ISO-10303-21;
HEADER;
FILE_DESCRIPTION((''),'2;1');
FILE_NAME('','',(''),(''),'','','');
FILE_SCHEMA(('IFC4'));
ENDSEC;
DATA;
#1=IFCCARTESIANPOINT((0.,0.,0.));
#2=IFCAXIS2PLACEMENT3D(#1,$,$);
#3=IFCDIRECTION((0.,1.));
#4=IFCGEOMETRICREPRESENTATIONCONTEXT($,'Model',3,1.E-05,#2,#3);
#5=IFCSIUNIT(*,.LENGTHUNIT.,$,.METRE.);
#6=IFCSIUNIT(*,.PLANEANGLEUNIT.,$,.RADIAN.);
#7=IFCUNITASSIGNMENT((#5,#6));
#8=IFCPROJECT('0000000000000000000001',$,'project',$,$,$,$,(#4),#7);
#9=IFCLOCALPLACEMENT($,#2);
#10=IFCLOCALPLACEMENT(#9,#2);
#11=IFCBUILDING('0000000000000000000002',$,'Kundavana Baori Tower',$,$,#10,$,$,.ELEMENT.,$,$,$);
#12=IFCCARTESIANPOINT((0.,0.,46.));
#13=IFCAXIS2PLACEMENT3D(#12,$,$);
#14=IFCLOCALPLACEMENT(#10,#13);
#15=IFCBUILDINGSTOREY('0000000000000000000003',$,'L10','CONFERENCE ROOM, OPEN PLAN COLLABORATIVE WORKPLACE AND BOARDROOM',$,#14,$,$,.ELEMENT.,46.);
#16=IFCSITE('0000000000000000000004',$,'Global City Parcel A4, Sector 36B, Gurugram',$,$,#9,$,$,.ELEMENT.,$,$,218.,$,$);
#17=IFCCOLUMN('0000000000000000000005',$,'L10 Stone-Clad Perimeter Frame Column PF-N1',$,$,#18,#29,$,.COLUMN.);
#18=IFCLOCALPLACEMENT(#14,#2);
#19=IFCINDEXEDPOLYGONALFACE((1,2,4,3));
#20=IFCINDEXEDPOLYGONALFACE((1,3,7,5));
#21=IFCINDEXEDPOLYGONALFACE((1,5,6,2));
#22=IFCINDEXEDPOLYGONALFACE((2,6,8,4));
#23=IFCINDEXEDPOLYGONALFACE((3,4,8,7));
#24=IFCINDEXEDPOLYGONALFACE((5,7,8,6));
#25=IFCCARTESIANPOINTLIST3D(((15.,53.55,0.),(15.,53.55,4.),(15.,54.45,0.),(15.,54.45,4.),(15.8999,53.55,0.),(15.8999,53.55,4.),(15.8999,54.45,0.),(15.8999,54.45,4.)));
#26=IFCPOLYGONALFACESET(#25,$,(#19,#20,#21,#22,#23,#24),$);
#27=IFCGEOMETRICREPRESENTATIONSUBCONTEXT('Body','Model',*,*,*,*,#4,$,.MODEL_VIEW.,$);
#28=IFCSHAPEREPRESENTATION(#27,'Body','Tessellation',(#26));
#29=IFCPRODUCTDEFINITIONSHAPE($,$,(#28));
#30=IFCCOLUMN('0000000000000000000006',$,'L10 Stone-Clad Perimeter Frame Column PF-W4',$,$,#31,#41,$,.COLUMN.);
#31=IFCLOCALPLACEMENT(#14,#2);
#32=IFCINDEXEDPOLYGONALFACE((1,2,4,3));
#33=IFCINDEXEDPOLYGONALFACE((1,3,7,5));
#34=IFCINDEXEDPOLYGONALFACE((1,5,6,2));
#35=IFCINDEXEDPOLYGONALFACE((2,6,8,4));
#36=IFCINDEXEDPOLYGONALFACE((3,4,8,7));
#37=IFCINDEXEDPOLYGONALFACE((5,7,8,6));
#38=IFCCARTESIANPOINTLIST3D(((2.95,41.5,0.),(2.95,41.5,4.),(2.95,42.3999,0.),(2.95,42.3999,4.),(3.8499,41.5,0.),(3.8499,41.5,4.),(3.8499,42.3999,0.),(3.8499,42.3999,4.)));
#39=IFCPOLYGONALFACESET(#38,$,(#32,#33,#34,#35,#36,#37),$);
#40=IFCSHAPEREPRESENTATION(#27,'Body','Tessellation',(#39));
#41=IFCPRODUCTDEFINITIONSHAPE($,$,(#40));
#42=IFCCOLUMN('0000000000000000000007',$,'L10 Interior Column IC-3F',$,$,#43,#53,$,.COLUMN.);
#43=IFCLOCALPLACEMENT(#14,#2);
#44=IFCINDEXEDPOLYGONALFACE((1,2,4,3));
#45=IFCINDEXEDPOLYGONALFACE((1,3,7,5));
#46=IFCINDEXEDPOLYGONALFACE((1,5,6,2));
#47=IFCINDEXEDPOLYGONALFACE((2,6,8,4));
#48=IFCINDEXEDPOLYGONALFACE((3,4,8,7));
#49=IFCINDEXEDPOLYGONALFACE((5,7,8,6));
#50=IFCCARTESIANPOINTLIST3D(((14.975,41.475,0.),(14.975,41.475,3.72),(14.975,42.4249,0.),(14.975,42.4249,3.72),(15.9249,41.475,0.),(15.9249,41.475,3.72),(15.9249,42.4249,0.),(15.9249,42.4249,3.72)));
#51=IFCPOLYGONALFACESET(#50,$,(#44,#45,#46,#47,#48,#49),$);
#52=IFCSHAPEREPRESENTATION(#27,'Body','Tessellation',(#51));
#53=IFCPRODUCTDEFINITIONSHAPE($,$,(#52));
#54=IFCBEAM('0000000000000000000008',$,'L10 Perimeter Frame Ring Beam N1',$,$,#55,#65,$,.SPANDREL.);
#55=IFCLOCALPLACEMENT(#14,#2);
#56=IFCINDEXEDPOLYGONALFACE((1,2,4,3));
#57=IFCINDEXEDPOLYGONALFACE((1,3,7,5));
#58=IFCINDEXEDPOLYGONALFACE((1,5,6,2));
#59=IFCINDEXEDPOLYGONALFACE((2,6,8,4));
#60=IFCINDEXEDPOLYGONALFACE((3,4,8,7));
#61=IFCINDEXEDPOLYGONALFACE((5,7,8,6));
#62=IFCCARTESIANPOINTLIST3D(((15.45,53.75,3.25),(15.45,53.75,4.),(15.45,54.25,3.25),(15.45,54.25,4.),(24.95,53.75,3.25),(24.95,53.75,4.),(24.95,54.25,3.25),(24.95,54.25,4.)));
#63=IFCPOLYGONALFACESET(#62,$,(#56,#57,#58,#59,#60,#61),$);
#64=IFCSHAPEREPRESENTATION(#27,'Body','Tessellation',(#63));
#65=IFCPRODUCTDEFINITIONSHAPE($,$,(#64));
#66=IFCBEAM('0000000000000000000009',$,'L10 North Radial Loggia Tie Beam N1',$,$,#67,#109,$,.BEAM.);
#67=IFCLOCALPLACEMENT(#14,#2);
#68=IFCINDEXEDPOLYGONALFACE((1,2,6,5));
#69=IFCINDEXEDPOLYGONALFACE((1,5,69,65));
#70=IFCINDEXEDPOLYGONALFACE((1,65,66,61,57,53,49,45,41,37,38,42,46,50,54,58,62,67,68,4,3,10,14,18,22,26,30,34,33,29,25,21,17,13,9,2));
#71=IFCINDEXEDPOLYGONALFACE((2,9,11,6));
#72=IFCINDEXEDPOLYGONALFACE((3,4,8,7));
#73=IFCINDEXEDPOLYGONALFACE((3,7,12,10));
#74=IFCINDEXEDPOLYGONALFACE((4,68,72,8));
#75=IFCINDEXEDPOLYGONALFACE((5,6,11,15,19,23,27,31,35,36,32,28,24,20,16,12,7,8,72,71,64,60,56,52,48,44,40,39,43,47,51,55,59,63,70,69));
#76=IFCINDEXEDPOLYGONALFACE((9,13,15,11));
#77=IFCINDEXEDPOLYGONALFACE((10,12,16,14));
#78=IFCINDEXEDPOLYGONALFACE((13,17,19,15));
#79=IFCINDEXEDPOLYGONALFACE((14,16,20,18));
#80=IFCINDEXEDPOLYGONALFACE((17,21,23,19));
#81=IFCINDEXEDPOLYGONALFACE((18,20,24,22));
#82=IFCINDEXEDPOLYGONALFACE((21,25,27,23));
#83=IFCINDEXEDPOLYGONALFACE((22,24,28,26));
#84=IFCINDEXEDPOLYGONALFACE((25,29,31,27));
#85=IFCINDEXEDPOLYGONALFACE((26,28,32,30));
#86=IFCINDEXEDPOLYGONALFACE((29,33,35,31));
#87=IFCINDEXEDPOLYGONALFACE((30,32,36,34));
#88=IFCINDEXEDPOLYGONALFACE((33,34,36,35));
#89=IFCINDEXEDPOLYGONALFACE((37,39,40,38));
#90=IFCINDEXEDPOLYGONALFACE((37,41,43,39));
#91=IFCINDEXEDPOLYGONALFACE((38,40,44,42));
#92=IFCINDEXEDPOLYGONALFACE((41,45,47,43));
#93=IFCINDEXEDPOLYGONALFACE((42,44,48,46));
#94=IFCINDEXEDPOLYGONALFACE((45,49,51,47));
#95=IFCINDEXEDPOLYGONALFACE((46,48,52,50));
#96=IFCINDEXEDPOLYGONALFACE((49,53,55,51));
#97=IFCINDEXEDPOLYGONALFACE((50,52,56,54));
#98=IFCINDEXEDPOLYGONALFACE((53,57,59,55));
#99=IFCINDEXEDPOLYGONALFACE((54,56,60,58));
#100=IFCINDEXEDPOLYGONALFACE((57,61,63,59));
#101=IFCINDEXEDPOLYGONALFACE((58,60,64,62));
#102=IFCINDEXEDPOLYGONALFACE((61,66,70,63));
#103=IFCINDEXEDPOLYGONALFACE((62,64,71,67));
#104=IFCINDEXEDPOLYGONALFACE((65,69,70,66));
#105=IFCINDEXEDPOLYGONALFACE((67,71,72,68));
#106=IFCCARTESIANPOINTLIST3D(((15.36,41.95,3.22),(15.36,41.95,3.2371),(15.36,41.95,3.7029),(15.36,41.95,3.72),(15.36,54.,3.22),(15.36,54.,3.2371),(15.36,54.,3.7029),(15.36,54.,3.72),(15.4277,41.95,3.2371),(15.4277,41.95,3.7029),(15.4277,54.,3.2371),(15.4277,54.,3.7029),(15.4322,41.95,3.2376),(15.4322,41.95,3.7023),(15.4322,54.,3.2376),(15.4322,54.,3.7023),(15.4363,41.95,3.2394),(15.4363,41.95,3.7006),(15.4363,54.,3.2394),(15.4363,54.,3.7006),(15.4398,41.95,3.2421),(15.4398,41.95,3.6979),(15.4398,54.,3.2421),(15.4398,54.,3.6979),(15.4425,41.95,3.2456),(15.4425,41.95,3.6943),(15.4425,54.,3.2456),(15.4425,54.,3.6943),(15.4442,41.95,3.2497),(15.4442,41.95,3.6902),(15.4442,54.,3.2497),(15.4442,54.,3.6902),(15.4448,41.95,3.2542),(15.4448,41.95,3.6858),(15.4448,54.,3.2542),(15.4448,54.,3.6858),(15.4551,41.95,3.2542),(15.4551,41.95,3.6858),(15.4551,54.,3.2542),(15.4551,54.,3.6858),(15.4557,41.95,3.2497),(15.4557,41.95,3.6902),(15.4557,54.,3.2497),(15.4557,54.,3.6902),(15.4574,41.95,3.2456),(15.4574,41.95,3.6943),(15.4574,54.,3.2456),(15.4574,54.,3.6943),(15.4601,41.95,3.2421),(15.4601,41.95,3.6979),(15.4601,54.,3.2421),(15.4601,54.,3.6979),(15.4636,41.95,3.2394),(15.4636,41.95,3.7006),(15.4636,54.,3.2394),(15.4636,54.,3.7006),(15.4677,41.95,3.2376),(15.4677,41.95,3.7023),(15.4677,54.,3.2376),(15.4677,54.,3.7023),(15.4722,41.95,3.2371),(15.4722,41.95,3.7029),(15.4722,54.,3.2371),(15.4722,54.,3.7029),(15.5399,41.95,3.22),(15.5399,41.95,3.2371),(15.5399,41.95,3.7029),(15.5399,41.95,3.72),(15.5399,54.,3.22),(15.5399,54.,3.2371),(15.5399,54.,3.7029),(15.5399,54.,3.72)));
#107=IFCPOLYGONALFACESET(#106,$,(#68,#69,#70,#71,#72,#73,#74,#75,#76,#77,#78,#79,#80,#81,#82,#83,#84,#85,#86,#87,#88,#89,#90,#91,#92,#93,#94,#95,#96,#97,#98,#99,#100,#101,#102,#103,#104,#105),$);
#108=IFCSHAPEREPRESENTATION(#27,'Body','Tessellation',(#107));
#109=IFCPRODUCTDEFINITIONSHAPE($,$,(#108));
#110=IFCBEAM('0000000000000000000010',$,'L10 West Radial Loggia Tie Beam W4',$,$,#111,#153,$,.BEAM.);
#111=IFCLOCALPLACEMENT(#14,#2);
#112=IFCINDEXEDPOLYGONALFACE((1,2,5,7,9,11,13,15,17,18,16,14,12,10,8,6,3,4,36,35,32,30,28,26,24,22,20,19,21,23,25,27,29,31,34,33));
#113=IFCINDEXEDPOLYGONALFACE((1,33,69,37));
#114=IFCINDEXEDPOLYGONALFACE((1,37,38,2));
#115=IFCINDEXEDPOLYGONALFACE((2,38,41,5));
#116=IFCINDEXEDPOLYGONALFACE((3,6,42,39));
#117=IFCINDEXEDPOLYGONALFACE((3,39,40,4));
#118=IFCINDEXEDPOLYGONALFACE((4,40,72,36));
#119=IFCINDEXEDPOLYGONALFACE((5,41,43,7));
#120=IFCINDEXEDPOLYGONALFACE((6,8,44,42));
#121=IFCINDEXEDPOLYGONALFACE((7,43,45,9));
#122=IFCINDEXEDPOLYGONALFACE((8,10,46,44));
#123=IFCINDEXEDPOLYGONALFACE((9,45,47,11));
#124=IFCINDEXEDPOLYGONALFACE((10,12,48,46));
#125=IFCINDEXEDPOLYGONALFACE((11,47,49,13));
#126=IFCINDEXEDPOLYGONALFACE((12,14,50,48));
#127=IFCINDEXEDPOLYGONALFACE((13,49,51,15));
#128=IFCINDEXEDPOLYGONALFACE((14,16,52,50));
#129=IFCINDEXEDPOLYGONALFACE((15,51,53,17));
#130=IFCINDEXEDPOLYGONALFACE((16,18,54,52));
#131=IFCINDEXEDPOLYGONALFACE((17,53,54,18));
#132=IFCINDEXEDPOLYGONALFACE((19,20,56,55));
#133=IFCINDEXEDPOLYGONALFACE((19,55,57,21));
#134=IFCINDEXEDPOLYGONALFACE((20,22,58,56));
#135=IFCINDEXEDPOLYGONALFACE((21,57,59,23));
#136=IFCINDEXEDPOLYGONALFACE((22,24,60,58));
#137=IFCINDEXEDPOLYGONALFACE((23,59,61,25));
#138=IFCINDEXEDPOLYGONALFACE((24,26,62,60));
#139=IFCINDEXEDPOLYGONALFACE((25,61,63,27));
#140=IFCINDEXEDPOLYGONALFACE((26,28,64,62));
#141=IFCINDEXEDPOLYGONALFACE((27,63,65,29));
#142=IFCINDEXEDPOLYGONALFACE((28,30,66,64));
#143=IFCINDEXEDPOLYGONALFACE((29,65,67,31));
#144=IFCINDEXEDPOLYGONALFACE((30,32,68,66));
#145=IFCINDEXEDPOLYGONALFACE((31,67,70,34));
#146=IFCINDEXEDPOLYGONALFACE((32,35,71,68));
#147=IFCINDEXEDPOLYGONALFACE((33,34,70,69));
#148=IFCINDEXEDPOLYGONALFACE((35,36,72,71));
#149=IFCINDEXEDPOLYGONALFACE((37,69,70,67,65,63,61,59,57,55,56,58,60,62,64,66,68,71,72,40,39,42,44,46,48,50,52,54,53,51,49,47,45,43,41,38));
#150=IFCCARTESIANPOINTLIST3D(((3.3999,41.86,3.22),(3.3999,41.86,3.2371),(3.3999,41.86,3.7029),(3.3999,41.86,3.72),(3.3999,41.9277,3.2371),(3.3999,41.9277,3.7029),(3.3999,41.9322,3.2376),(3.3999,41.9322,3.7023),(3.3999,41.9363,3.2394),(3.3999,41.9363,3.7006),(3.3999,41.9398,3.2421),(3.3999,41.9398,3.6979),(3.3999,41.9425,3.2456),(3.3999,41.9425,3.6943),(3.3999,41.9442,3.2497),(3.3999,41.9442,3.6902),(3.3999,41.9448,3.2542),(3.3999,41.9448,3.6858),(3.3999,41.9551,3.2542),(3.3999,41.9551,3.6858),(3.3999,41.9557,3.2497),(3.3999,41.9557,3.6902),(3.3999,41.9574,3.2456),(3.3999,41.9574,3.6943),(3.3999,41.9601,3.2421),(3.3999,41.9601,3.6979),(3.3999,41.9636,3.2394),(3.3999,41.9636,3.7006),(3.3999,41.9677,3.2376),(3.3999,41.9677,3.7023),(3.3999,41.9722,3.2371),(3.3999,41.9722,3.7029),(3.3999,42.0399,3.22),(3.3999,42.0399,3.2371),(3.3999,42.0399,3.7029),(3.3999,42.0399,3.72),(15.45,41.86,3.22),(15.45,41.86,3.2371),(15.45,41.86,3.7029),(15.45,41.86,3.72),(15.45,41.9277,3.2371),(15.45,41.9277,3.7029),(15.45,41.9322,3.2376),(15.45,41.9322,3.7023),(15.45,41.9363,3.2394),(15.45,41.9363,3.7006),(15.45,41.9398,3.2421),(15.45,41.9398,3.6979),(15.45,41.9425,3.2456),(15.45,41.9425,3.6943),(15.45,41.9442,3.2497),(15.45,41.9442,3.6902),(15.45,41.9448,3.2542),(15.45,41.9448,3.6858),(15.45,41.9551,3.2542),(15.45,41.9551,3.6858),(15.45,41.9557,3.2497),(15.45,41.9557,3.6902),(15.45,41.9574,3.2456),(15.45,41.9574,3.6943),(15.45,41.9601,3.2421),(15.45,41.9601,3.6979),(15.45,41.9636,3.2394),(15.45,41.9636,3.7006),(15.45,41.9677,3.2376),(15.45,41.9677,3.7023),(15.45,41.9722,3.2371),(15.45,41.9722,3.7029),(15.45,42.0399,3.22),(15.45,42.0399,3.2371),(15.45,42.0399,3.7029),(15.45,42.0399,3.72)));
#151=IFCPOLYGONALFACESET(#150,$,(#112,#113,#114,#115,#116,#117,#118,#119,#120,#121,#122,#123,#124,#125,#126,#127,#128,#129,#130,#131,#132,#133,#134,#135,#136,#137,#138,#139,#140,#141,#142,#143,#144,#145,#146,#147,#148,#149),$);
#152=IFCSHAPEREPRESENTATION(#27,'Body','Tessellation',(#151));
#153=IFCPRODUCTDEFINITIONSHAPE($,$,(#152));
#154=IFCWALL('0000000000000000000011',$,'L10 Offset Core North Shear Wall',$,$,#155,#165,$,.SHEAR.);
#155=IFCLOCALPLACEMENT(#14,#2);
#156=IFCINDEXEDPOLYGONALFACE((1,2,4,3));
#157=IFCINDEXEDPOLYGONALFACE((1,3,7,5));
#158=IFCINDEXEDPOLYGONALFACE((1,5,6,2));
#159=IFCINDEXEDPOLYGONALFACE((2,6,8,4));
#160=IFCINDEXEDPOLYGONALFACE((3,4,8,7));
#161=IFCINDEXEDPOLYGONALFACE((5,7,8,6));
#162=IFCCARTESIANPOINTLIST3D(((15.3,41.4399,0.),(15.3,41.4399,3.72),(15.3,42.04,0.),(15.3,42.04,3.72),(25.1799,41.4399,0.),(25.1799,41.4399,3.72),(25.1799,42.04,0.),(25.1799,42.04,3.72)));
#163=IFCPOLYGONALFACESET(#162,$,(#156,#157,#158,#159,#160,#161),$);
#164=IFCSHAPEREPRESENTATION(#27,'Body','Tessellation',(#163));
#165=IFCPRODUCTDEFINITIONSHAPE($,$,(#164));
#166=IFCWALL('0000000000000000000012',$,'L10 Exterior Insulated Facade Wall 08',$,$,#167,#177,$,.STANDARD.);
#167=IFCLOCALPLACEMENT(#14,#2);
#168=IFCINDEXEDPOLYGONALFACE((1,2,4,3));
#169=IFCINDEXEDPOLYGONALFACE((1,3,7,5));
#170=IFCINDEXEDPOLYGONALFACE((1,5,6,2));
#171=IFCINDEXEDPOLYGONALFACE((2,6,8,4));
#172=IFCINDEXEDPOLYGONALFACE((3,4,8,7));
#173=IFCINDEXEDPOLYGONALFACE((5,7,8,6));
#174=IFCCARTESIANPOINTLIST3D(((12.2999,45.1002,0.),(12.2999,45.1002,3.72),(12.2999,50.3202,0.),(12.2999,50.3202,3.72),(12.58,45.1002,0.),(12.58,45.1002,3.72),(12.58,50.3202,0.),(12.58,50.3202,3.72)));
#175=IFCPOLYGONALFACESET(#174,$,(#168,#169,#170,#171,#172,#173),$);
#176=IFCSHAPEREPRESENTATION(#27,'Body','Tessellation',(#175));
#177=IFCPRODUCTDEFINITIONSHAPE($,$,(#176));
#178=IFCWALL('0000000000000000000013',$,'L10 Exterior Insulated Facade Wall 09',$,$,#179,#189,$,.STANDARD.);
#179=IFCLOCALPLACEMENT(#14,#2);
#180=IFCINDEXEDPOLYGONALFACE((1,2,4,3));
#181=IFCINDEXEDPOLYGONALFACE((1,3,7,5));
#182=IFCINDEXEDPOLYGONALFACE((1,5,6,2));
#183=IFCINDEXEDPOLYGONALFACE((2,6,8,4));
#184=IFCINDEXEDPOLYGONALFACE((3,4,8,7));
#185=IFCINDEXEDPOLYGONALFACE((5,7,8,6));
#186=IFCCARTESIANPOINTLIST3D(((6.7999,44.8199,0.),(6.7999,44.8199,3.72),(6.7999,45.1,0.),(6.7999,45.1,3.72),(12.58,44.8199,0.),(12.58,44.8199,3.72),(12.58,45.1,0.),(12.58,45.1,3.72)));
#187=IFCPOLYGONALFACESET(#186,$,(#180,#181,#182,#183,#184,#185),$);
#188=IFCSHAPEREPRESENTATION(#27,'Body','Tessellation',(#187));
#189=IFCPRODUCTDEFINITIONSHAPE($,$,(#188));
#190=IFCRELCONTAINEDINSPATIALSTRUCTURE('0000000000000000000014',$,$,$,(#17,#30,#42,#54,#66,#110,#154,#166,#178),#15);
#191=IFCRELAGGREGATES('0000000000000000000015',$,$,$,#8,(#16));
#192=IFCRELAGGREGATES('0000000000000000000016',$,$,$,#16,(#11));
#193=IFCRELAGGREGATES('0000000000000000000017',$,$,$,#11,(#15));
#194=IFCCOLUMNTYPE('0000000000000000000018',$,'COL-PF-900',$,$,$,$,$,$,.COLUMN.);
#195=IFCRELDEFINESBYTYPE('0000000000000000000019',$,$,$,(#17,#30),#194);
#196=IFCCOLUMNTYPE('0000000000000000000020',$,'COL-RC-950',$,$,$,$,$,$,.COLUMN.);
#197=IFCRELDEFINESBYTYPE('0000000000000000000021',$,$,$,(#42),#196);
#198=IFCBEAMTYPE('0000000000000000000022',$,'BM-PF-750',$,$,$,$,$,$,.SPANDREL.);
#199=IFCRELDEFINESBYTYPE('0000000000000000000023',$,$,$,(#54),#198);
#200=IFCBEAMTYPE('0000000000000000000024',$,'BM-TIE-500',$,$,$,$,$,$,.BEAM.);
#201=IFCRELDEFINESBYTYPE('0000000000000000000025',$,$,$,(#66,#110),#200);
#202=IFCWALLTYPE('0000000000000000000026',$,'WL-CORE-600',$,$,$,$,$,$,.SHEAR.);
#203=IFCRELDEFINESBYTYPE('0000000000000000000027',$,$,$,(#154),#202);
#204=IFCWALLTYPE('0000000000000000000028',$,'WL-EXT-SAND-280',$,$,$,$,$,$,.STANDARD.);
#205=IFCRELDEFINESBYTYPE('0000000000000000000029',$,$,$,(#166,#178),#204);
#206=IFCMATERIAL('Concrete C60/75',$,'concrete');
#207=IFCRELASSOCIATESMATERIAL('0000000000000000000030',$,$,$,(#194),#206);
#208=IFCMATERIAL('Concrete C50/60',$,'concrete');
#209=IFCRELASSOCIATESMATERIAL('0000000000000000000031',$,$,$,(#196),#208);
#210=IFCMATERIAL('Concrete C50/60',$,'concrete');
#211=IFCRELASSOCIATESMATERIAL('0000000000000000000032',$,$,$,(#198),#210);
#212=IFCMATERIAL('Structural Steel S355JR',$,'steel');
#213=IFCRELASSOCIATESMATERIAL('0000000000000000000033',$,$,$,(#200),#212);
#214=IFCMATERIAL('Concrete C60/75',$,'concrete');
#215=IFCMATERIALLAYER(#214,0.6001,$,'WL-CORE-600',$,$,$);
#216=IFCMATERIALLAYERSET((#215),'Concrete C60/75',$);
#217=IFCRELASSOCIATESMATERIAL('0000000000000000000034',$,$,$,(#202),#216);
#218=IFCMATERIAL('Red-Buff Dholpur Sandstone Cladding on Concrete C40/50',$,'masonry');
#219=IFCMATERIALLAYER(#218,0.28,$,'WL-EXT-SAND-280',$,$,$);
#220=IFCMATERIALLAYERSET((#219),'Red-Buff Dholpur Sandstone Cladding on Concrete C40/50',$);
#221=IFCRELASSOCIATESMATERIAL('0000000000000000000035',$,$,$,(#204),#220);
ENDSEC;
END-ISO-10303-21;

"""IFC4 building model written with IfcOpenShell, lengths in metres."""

from ifc_helpers import new_model, si_unit, direction, frame, frame_2d, origin, origin_2d, place, context, subcontext, project, spatial, rectangle, i_section, extrude, material, layer, layer_set, material_profile, profile_set, type_object, element, save


model = new_model("IFC4")

# Units and contexts
model_context = context("Model", 3, precision=1e-05, world=origin(), true_north=direction((0.0, 1.0)))
body_context = subcontext(model_context, "Body", "Model", "MODEL_VIEW")
ifc_project = project(units=[si_unit("LENGTHUNIT", "METRE"), si_unit("PLANEANGLEUNIT", "RADIAN")], contexts=[model_context])

# Site, building, storey
site_placement = place(None, origin())
site = spatial("IfcSite", under=ifc_project, at=site_placement, Name="Global City Parcel A4, Sector 36B, Gurugram", CompositionType="ELEMENT", RefElevation=218.0)
building_placement = place(site_placement, origin())
building = spatial("IfcBuilding", under=site, at=building_placement, Name="Kundavana Baori Tower", CompositionType="ELEMENT")
storey_placement = place(building_placement, frame((0.0, 0.0, 46.0)))
storey = spatial("IfcBuildingStorey", under=building, at=storey_placement, Name="L10", Description="CONFERENCE ROOM, OPEN PLAN COLLABORATIVE WORKPLACE AND BOARDROOM", CompositionType="ELEMENT", Elevation=46.0)

# Columns
ifc_material_1 = material(Name="Concrete C60/75", Category="concrete")
ifc_material_profile_1 = material_profile(ifc_material_1, rectangle(XDim=0.8999, YDim=0.8999, at=origin_2d()), Name="RC PF 900x900")
ifc_profile_set_1 = profile_set([ifc_material_profile_1], Name="Concrete C60/75")
column_type_1 = type_object("IfcColumnType", Name="COL-PF-900", PredefinedType="COLUMN", material=ifc_profile_set_1)
for number, where, z_axis, x_axis, name in (
    (1, (15.45, 54.0, 0.0), (0.0, 0.0, 1.0), (1.0, 0.0, 0.0), "L10 Stone-Clad Perimeter Frame Column PF-N1"),
    (2, (3.3999, 41.95, 0.0), (0.0, 0.0, 1.0), (1.0, 0.0, 0.0), "L10 Stone-Clad Perimeter Frame Column PF-W4"),
):
    element("IfcColumn", number, at=place(storey_placement, frame(where, z_axis=z_axis, x_axis=x_axis)), inside=storey, type_object=column_type_1, Name=name, PredefinedType="COLUMN", context=body_context, shape_type="SweptSolid", body=[
        extrude(rectangle(XDim=0.8999, YDim=0.8999, at=origin_2d()), origin(), (0.0, 0.0, 1.0), 4.0),
    ])
ifc_material_2 = material(Name="Concrete C50/60", Category="concrete")
ifc_material_profile_2 = material_profile(ifc_material_2, rectangle(XDim=0.95, YDim=0.95, at=origin_2d()), Name="RC 950x950")
ifc_profile_set_2 = profile_set([ifc_material_profile_2], Name="Concrete C50/60")
column_type_2 = type_object("IfcColumnType", Name="COL-RC-950", PredefinedType="COLUMN", material=ifc_profile_set_2)
column_placement = place(storey_placement, frame((15.45, 41.95, 0.0), z_axis=(0.0, 0.0, 1.0), x_axis=(1.0, 0.0, 0.0)))
element("IfcColumn", 3, at=column_placement, inside=storey, type_object=column_type_2, Name="L10 Interior Column IC-3F", PredefinedType="COLUMN", context=body_context, shape_type="SweptSolid", body=[
    extrude(rectangle(XDim=0.95, YDim=0.95, at=origin_2d()), origin(), (0.0, 0.0, 1.0), 3.72),
])

# Beams
ifc_material_3 = material(Name="Concrete C50/60", Category="concrete")
ifc_material_profile_3 = material_profile(ifc_material_3, rectangle(XDim=0.5, YDim=0.75, at=origin_2d()), Name="RC BM 500x750")
ifc_profile_set_3 = profile_set([ifc_material_profile_3], Name="Concrete C50/60")
beam_type_1 = type_object("IfcBeamType", Name="BM-PF-750", PredefinedType="SPANDREL", material=ifc_profile_set_3)
beam_placement = place(storey_placement, frame((15.45, 54.0, 3.625), z_axis=(1.0, 0.0, 0.0), x_axis=(0.0, 1.0, 0.0)))
element("IfcBeam", 4, at=beam_placement, inside=storey, type_object=beam_type_1, Name="L10 Perimeter Frame Ring Beam N1", PredefinedType="SPANDREL", context=body_context, shape_type="SweptSolid", body=[
    extrude(rectangle(XDim=0.5, YDim=0.75, at=origin_2d()), origin(), (0.0, 0.0, 1.0), 9.5),
])
ifc_material_4 = material(Name="Structural Steel S355JR", Category="steel")
ifc_material_profile_4 = material_profile(ifc_material_4, i_section(OverallWidth=0.1799, OverallDepth=0.5, WebThickness=0.0103, FlangeThickness=0.0171, FilletRadius=0.0171, at=origin_2d()), Name="ISMB 500")
ifc_profile_set_4 = profile_set([ifc_material_profile_4], Name="Structural Steel S355JR")
beam_type_2 = type_object("IfcBeamType", Name="BM-TIE-500", PredefinedType="BEAM", material=ifc_profile_set_4)
for number, where, z_axis, x_axis, name in (
    (5, (15.45, 41.95, 3.47), (0.0, 1.0, 0.0), (-1.0, 0.0, 0.0), "L10 North Radial Loggia Tie Beam N1"),
    (6, (15.45, 41.95, 3.47), (-1.0, 0.0, 0.0), (0.0, -1.0, 0.0), "L10 West Radial Loggia Tie Beam W4"),
):
    element("IfcBeam", number, at=place(storey_placement, frame(where, z_axis=z_axis, x_axis=x_axis)), inside=storey, type_object=beam_type_2, Name=name, PredefinedType="BEAM", context=body_context, shape_type="SweptSolid", body=[
        extrude(i_section(OverallWidth=0.1799, OverallDepth=0.5, WebThickness=0.0103, FlangeThickness=0.0171, FilletRadius=0.0171, at=origin_2d()), origin(), (0.0, 0.0, 1.0), 12.05),
    ])

# Walls
ifc_material_5 = material(Name="Concrete C60/75", Category="concrete")
ifc_layer_1 = layer(ifc_material_5, 0.6001, Name="WL-CORE-600")
ifc_layer_set_1 = layer_set([ifc_layer_1], Name="Concrete C60/75")
wall_type_1 = type_object("IfcWallType", Name="WL-CORE-600", PredefinedType="SHEAR", material=ifc_layer_set_1)
wall_1_placement = place(storey_placement, frame((15.3, 41.74, 0.0), z_axis=(0.0, 0.0, 1.0), x_axis=(1.0, 0.0, 0.0)))
element("IfcWall", 7, at=wall_1_placement, inside=storey, type_object=wall_type_1, Name="L10 Offset Core North Shear Wall", PredefinedType="SHEAR", context=body_context, shape_type="SweptSolid", body=[
    extrude(rectangle(XDim=9.8799, YDim=0.6001, at=frame_2d((4.9399, 0.0))), origin(), (0.0, 0.0, 1.0), 3.72),
])
ifc_material_6 = material(Name="Red-Buff Dholpur Sandstone Cladding on Concrete C40/50", Category="masonry")
ifc_layer_2 = layer(ifc_material_6, 0.28, Name="WL-EXT-SAND-280")
ifc_layer_set_2 = layer_set([ifc_layer_2], Name="Red-Buff Dholpur Sandstone Cladding on Concrete C40/50")
wall_type_2 = type_object("IfcWallType", Name="WL-EXT-SAND-280", PredefinedType="STANDARD", material=ifc_layer_set_2)
wall_2_placement = place(storey_placement, frame((12.4399, 50.3201, 0.0), z_axis=(0.0, 0.0, 1.0), x_axis=(0.0, -1.0, 0.0)))
element("IfcWall", 8, at=wall_2_placement, inside=storey, type_object=wall_type_2, Name="L10 Exterior Insulated Facade Wall 08", PredefinedType="STANDARD", context=body_context, shape_type="SweptSolid", body=[
    extrude(rectangle(XDim=5.22, YDim=0.28, at=frame_2d((2.6099, 0.0))), origin(), (0.0, 0.0, 1.0), 3.72),
])
wall_3_placement = place(storey_placement, frame((12.5801, 44.96, 0.0), z_axis=(0.0, 0.0, 1.0), x_axis=(-1.0, 0.0, 0.0)))
element("IfcWall", 9, at=wall_3_placement, inside=storey, type_object=wall_type_2, Name="L10 Exterior Insulated Facade Wall 09", PredefinedType="STANDARD", context=body_context, shape_type="SweptSolid", body=[
    extrude(rectangle(XDim=5.78, YDim=0.28, at=frame_2d((2.8901, 0.0))), origin(), (0.0, 0.0, 1.0), 3.72),
])

save(model, "model.ifc")
